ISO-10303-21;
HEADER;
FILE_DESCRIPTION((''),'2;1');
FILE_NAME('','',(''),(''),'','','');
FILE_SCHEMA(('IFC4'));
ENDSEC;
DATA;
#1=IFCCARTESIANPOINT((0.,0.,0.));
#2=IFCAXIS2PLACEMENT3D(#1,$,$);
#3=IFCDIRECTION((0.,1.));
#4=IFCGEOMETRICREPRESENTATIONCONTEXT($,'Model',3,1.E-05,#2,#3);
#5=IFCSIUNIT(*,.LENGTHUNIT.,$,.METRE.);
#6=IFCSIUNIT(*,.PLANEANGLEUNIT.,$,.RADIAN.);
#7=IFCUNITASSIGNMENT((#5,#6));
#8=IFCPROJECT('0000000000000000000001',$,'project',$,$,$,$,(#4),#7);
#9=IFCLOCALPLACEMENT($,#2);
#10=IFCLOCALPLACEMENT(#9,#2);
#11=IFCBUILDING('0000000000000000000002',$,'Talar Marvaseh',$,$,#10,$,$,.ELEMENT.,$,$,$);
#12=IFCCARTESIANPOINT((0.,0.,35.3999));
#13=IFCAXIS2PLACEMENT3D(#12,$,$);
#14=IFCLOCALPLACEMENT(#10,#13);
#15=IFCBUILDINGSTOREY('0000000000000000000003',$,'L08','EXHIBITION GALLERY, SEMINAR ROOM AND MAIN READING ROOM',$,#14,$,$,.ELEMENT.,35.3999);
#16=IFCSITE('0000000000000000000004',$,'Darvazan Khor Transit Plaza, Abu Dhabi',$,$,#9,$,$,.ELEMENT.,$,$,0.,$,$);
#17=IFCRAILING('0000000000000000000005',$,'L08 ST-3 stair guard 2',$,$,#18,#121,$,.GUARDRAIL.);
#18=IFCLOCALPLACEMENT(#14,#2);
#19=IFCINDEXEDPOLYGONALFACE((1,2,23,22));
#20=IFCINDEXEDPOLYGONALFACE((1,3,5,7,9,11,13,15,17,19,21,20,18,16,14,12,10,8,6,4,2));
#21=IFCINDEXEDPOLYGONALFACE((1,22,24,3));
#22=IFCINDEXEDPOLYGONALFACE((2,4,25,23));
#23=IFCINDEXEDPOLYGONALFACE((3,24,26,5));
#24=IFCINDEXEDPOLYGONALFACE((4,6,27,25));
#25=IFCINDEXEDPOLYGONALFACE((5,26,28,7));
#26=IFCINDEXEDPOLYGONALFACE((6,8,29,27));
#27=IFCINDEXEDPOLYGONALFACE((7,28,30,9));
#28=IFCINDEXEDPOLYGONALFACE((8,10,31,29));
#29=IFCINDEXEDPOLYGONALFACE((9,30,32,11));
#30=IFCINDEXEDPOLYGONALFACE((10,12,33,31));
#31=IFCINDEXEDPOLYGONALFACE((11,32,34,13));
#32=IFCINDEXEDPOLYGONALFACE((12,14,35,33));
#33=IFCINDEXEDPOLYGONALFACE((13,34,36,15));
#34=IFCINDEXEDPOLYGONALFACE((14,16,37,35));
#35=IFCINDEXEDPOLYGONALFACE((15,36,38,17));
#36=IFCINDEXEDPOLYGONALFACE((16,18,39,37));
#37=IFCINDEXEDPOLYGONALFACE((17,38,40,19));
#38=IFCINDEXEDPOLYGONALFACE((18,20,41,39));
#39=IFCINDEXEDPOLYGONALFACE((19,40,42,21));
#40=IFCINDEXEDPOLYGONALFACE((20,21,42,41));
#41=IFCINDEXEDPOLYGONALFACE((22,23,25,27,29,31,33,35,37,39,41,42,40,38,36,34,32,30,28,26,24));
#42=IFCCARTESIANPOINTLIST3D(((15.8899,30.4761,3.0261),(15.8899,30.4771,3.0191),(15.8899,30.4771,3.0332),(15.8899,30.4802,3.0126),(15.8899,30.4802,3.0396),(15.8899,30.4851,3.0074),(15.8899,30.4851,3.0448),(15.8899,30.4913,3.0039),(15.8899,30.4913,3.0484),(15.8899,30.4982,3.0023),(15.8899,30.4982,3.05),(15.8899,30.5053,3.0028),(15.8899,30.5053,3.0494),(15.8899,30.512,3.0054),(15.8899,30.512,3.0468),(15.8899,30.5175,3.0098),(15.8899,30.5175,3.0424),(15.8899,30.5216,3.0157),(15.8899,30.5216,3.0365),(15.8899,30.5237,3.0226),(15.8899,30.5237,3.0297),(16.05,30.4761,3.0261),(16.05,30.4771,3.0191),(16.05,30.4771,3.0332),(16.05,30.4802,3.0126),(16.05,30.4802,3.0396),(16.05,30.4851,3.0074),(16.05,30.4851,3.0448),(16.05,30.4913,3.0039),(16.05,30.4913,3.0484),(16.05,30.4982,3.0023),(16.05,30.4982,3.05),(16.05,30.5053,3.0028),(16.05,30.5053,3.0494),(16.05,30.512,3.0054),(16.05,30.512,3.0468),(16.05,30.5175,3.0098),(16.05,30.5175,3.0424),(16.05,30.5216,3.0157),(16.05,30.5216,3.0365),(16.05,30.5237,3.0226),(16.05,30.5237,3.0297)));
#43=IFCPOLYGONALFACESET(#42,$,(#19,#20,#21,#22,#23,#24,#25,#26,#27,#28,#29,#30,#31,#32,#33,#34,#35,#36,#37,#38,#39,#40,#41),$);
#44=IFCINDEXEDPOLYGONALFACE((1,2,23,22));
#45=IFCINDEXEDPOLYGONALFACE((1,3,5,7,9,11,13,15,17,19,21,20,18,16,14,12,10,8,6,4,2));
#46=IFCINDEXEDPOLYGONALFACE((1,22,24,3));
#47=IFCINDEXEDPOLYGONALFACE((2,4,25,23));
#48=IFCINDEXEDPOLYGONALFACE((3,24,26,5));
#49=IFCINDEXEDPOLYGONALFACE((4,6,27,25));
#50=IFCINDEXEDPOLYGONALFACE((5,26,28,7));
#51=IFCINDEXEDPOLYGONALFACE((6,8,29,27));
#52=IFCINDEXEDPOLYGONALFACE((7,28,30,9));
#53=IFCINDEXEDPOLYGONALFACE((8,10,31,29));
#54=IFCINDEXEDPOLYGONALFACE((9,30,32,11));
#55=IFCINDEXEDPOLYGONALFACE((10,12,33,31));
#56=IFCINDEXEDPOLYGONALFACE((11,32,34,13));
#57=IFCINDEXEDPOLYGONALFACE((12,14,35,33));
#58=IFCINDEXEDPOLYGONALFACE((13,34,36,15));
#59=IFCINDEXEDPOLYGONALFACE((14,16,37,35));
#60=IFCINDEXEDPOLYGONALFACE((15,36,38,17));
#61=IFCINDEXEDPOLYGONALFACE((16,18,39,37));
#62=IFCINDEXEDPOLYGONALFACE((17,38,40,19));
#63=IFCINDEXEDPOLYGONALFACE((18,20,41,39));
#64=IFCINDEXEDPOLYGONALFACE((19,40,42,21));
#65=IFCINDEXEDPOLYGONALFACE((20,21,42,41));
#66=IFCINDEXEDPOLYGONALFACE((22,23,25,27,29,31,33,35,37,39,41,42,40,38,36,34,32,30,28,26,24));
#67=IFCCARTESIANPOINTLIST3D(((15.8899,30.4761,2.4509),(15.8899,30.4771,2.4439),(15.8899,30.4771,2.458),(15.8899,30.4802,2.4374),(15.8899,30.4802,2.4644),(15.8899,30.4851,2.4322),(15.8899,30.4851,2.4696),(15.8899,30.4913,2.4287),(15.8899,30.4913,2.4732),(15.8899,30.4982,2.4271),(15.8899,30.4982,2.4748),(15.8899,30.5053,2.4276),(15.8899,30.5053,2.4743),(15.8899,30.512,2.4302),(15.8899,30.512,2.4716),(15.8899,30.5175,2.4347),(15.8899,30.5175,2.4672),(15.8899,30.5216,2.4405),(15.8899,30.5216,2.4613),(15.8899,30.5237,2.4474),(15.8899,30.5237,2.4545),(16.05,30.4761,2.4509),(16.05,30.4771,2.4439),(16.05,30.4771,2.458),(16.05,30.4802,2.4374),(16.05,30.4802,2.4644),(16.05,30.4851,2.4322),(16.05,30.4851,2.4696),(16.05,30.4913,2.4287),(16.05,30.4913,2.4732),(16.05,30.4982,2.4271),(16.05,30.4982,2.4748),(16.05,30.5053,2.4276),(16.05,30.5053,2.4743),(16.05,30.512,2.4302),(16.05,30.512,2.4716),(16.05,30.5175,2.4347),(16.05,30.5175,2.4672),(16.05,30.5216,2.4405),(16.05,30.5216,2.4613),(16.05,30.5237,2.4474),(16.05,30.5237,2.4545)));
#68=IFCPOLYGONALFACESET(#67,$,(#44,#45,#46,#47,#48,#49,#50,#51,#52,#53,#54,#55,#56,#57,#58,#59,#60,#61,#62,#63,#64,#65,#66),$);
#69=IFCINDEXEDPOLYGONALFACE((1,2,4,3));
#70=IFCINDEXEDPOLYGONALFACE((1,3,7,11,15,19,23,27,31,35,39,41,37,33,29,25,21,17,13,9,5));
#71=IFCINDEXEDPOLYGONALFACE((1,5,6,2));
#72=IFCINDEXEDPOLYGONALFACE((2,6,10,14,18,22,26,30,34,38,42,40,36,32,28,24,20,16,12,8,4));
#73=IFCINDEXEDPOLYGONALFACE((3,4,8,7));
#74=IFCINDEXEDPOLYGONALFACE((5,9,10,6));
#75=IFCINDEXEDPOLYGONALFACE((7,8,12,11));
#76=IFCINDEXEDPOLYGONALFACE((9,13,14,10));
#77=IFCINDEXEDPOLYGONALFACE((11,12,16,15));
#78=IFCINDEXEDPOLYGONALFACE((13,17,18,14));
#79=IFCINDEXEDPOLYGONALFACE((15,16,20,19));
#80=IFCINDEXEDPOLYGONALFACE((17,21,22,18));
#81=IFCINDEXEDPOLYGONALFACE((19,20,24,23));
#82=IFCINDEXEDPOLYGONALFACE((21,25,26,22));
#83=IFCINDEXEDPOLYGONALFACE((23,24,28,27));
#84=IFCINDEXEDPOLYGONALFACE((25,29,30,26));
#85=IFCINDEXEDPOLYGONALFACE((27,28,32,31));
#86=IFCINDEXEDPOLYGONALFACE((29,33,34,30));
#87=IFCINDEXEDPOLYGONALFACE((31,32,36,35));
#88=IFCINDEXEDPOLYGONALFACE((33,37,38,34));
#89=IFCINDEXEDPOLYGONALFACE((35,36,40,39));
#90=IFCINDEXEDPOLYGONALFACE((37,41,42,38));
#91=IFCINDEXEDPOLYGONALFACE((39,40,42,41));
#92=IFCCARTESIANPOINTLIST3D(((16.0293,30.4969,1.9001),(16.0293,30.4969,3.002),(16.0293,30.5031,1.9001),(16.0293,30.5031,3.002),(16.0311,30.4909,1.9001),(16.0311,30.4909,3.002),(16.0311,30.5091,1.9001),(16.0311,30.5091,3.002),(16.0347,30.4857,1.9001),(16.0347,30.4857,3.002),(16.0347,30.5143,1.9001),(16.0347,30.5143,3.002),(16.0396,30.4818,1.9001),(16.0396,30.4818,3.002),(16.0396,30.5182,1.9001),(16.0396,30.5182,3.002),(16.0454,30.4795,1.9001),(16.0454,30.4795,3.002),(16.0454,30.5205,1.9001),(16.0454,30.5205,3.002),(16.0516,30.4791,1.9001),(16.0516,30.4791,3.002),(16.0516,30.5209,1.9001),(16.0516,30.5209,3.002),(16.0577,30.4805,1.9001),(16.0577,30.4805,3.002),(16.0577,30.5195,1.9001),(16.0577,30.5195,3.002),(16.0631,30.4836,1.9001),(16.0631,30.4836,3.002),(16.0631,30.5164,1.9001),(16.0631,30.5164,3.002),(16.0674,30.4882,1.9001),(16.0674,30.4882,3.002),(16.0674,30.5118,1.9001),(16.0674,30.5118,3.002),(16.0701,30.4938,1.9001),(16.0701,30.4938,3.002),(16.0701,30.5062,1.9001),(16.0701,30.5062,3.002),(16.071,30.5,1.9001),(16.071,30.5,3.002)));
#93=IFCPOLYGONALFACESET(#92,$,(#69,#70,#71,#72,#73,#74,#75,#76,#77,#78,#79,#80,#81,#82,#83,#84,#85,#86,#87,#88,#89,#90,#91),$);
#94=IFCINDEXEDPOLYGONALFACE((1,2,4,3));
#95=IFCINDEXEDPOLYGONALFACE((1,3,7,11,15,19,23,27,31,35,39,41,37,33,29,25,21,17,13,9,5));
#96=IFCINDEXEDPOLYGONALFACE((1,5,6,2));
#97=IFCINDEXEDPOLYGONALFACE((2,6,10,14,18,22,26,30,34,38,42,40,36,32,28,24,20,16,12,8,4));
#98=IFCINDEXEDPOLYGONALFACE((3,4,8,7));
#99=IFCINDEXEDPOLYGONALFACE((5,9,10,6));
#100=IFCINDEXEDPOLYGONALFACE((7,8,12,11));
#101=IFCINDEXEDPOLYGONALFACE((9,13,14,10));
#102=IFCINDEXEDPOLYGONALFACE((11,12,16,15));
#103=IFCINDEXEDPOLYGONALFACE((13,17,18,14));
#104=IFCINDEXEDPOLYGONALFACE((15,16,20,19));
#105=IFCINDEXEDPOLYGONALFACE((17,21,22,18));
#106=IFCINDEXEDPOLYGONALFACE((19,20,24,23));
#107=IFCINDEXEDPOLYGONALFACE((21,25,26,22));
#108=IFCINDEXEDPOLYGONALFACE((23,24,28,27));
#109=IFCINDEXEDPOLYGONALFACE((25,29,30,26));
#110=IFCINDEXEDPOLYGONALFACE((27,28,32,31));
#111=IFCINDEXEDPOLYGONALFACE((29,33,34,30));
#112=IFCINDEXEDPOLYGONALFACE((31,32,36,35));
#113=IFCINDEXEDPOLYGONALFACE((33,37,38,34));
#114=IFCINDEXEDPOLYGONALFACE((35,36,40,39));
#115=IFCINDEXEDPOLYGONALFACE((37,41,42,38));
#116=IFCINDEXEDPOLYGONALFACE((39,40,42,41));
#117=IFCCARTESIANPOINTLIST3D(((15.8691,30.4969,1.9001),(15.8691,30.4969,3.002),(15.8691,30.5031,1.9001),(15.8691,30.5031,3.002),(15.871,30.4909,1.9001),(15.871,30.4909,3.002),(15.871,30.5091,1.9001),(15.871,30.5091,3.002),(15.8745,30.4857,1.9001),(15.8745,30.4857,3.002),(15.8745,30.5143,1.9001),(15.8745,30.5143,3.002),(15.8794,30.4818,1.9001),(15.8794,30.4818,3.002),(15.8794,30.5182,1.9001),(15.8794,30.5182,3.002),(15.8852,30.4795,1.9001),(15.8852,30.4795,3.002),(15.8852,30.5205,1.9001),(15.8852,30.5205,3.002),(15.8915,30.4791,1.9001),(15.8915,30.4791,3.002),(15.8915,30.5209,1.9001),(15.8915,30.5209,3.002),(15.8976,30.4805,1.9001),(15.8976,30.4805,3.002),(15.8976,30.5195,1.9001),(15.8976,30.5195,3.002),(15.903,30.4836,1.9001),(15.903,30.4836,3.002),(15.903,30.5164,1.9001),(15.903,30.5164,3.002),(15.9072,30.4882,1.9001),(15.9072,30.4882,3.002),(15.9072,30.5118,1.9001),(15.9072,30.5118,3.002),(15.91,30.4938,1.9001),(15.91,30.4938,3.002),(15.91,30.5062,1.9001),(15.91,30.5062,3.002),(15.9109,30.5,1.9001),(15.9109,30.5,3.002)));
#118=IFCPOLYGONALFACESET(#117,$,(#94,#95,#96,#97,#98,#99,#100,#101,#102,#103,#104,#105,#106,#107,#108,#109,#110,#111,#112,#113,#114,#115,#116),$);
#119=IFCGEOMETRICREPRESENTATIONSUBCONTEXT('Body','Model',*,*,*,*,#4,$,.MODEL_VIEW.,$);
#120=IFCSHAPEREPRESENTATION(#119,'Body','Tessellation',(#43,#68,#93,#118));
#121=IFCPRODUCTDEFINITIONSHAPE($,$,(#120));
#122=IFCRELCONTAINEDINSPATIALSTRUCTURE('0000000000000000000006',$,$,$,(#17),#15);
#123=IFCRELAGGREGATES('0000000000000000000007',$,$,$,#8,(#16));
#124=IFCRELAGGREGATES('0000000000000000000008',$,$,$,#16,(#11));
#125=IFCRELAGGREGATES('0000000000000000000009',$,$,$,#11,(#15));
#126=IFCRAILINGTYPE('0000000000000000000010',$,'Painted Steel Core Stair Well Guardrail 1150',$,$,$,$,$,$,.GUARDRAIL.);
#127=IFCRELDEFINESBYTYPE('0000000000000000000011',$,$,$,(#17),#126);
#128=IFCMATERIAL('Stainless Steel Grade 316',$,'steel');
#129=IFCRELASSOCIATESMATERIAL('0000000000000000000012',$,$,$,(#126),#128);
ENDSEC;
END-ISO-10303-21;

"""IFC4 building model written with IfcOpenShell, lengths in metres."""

from ifc_helpers import new_model, si_unit, direction, frame, origin, origin_2d, place, context, subcontext, project, spatial, circle, extrude, material, type_object, element, save


model = new_model("IFC4")

# Units and contexts
model_context = context("Model", 3, precision=1e-05, world=origin(), true_north=direction((0.0, 1.0)))
body_context = subcontext(model_context, "Body", "Model", "MODEL_VIEW")
ifc_project = project(units=[si_unit("LENGTHUNIT", "METRE"), si_unit("PLANEANGLEUNIT", "RADIAN")], contexts=[model_context])

# Site, building, storey
site_placement = place(None, origin())
site = spatial("IfcSite", under=ifc_project, at=site_placement, Name="Darvazan Khor Transit Plaza, Abu Dhabi", CompositionType="ELEMENT", RefElevation=0.0)
building_placement = place(site_placement, origin())
building = spatial("IfcBuilding", under=site, at=building_placement, Name="Talar Marvaseh", CompositionType="ELEMENT")
storey_placement = place(building_placement, frame((0.0, 0.0, 35.3999)))
storey = spatial("IfcBuildingStorey", under=building, at=storey_placement, Name="L08", Description="EXHIBITION GALLERY, SEMINAR ROOM AND MAIN READING ROOM", CompositionType="ELEMENT", Elevation=35.3999)

# Railing
ifc_material_1 = material(Name="Stainless Steel Grade 316", Category="steel")
railing_type_1 = type_object("IfcRailingType", Name="Painted Steel Core Stair Well Guardrail 1150", PredefinedType="GUARDRAIL", material=ifc_material_1)
railing_1_placement = place(storey_placement, frame((16.05, 30.5, 1.9001)))
element("IfcRailing", 1, at=railing_1_placement, inside=storey, type_object=railing_type_1, Name="L08 ST-3 stair guard 2", PredefinedType="GUARDRAIL", context=body_context, shape_type="SweptSolid", body=[
    extrude(circle(Radius=0.0239, at=origin_2d()), frame((0.0, 0.0, 1.126), z_axis=(-1.0, 0.0, 0.0), x_axis=(0.0, -1.0, 0.0)), (0.0, 0.0, 1.0), 0.1602),
    extrude(circle(Radius=0.0239, at=origin_2d()), frame((0.0, 0.0, 0.5508), z_axis=(-1.0, 0.0, 0.0), x_axis=(0.0, -1.0, 0.0)), (0.0, 0.0, 1.0), 0.1602),
    extrude(circle(Radius=0.021, at=origin_2d()), origin(), (0.0, 0.0, 1.0), 1.1018),
    extrude(circle(Radius=0.021, at=origin_2d()), frame((-0.1602, 0.0, 0.0)), (0.0, 0.0, 1.0), 1.1018),
])

save(model, "model.ifc")
